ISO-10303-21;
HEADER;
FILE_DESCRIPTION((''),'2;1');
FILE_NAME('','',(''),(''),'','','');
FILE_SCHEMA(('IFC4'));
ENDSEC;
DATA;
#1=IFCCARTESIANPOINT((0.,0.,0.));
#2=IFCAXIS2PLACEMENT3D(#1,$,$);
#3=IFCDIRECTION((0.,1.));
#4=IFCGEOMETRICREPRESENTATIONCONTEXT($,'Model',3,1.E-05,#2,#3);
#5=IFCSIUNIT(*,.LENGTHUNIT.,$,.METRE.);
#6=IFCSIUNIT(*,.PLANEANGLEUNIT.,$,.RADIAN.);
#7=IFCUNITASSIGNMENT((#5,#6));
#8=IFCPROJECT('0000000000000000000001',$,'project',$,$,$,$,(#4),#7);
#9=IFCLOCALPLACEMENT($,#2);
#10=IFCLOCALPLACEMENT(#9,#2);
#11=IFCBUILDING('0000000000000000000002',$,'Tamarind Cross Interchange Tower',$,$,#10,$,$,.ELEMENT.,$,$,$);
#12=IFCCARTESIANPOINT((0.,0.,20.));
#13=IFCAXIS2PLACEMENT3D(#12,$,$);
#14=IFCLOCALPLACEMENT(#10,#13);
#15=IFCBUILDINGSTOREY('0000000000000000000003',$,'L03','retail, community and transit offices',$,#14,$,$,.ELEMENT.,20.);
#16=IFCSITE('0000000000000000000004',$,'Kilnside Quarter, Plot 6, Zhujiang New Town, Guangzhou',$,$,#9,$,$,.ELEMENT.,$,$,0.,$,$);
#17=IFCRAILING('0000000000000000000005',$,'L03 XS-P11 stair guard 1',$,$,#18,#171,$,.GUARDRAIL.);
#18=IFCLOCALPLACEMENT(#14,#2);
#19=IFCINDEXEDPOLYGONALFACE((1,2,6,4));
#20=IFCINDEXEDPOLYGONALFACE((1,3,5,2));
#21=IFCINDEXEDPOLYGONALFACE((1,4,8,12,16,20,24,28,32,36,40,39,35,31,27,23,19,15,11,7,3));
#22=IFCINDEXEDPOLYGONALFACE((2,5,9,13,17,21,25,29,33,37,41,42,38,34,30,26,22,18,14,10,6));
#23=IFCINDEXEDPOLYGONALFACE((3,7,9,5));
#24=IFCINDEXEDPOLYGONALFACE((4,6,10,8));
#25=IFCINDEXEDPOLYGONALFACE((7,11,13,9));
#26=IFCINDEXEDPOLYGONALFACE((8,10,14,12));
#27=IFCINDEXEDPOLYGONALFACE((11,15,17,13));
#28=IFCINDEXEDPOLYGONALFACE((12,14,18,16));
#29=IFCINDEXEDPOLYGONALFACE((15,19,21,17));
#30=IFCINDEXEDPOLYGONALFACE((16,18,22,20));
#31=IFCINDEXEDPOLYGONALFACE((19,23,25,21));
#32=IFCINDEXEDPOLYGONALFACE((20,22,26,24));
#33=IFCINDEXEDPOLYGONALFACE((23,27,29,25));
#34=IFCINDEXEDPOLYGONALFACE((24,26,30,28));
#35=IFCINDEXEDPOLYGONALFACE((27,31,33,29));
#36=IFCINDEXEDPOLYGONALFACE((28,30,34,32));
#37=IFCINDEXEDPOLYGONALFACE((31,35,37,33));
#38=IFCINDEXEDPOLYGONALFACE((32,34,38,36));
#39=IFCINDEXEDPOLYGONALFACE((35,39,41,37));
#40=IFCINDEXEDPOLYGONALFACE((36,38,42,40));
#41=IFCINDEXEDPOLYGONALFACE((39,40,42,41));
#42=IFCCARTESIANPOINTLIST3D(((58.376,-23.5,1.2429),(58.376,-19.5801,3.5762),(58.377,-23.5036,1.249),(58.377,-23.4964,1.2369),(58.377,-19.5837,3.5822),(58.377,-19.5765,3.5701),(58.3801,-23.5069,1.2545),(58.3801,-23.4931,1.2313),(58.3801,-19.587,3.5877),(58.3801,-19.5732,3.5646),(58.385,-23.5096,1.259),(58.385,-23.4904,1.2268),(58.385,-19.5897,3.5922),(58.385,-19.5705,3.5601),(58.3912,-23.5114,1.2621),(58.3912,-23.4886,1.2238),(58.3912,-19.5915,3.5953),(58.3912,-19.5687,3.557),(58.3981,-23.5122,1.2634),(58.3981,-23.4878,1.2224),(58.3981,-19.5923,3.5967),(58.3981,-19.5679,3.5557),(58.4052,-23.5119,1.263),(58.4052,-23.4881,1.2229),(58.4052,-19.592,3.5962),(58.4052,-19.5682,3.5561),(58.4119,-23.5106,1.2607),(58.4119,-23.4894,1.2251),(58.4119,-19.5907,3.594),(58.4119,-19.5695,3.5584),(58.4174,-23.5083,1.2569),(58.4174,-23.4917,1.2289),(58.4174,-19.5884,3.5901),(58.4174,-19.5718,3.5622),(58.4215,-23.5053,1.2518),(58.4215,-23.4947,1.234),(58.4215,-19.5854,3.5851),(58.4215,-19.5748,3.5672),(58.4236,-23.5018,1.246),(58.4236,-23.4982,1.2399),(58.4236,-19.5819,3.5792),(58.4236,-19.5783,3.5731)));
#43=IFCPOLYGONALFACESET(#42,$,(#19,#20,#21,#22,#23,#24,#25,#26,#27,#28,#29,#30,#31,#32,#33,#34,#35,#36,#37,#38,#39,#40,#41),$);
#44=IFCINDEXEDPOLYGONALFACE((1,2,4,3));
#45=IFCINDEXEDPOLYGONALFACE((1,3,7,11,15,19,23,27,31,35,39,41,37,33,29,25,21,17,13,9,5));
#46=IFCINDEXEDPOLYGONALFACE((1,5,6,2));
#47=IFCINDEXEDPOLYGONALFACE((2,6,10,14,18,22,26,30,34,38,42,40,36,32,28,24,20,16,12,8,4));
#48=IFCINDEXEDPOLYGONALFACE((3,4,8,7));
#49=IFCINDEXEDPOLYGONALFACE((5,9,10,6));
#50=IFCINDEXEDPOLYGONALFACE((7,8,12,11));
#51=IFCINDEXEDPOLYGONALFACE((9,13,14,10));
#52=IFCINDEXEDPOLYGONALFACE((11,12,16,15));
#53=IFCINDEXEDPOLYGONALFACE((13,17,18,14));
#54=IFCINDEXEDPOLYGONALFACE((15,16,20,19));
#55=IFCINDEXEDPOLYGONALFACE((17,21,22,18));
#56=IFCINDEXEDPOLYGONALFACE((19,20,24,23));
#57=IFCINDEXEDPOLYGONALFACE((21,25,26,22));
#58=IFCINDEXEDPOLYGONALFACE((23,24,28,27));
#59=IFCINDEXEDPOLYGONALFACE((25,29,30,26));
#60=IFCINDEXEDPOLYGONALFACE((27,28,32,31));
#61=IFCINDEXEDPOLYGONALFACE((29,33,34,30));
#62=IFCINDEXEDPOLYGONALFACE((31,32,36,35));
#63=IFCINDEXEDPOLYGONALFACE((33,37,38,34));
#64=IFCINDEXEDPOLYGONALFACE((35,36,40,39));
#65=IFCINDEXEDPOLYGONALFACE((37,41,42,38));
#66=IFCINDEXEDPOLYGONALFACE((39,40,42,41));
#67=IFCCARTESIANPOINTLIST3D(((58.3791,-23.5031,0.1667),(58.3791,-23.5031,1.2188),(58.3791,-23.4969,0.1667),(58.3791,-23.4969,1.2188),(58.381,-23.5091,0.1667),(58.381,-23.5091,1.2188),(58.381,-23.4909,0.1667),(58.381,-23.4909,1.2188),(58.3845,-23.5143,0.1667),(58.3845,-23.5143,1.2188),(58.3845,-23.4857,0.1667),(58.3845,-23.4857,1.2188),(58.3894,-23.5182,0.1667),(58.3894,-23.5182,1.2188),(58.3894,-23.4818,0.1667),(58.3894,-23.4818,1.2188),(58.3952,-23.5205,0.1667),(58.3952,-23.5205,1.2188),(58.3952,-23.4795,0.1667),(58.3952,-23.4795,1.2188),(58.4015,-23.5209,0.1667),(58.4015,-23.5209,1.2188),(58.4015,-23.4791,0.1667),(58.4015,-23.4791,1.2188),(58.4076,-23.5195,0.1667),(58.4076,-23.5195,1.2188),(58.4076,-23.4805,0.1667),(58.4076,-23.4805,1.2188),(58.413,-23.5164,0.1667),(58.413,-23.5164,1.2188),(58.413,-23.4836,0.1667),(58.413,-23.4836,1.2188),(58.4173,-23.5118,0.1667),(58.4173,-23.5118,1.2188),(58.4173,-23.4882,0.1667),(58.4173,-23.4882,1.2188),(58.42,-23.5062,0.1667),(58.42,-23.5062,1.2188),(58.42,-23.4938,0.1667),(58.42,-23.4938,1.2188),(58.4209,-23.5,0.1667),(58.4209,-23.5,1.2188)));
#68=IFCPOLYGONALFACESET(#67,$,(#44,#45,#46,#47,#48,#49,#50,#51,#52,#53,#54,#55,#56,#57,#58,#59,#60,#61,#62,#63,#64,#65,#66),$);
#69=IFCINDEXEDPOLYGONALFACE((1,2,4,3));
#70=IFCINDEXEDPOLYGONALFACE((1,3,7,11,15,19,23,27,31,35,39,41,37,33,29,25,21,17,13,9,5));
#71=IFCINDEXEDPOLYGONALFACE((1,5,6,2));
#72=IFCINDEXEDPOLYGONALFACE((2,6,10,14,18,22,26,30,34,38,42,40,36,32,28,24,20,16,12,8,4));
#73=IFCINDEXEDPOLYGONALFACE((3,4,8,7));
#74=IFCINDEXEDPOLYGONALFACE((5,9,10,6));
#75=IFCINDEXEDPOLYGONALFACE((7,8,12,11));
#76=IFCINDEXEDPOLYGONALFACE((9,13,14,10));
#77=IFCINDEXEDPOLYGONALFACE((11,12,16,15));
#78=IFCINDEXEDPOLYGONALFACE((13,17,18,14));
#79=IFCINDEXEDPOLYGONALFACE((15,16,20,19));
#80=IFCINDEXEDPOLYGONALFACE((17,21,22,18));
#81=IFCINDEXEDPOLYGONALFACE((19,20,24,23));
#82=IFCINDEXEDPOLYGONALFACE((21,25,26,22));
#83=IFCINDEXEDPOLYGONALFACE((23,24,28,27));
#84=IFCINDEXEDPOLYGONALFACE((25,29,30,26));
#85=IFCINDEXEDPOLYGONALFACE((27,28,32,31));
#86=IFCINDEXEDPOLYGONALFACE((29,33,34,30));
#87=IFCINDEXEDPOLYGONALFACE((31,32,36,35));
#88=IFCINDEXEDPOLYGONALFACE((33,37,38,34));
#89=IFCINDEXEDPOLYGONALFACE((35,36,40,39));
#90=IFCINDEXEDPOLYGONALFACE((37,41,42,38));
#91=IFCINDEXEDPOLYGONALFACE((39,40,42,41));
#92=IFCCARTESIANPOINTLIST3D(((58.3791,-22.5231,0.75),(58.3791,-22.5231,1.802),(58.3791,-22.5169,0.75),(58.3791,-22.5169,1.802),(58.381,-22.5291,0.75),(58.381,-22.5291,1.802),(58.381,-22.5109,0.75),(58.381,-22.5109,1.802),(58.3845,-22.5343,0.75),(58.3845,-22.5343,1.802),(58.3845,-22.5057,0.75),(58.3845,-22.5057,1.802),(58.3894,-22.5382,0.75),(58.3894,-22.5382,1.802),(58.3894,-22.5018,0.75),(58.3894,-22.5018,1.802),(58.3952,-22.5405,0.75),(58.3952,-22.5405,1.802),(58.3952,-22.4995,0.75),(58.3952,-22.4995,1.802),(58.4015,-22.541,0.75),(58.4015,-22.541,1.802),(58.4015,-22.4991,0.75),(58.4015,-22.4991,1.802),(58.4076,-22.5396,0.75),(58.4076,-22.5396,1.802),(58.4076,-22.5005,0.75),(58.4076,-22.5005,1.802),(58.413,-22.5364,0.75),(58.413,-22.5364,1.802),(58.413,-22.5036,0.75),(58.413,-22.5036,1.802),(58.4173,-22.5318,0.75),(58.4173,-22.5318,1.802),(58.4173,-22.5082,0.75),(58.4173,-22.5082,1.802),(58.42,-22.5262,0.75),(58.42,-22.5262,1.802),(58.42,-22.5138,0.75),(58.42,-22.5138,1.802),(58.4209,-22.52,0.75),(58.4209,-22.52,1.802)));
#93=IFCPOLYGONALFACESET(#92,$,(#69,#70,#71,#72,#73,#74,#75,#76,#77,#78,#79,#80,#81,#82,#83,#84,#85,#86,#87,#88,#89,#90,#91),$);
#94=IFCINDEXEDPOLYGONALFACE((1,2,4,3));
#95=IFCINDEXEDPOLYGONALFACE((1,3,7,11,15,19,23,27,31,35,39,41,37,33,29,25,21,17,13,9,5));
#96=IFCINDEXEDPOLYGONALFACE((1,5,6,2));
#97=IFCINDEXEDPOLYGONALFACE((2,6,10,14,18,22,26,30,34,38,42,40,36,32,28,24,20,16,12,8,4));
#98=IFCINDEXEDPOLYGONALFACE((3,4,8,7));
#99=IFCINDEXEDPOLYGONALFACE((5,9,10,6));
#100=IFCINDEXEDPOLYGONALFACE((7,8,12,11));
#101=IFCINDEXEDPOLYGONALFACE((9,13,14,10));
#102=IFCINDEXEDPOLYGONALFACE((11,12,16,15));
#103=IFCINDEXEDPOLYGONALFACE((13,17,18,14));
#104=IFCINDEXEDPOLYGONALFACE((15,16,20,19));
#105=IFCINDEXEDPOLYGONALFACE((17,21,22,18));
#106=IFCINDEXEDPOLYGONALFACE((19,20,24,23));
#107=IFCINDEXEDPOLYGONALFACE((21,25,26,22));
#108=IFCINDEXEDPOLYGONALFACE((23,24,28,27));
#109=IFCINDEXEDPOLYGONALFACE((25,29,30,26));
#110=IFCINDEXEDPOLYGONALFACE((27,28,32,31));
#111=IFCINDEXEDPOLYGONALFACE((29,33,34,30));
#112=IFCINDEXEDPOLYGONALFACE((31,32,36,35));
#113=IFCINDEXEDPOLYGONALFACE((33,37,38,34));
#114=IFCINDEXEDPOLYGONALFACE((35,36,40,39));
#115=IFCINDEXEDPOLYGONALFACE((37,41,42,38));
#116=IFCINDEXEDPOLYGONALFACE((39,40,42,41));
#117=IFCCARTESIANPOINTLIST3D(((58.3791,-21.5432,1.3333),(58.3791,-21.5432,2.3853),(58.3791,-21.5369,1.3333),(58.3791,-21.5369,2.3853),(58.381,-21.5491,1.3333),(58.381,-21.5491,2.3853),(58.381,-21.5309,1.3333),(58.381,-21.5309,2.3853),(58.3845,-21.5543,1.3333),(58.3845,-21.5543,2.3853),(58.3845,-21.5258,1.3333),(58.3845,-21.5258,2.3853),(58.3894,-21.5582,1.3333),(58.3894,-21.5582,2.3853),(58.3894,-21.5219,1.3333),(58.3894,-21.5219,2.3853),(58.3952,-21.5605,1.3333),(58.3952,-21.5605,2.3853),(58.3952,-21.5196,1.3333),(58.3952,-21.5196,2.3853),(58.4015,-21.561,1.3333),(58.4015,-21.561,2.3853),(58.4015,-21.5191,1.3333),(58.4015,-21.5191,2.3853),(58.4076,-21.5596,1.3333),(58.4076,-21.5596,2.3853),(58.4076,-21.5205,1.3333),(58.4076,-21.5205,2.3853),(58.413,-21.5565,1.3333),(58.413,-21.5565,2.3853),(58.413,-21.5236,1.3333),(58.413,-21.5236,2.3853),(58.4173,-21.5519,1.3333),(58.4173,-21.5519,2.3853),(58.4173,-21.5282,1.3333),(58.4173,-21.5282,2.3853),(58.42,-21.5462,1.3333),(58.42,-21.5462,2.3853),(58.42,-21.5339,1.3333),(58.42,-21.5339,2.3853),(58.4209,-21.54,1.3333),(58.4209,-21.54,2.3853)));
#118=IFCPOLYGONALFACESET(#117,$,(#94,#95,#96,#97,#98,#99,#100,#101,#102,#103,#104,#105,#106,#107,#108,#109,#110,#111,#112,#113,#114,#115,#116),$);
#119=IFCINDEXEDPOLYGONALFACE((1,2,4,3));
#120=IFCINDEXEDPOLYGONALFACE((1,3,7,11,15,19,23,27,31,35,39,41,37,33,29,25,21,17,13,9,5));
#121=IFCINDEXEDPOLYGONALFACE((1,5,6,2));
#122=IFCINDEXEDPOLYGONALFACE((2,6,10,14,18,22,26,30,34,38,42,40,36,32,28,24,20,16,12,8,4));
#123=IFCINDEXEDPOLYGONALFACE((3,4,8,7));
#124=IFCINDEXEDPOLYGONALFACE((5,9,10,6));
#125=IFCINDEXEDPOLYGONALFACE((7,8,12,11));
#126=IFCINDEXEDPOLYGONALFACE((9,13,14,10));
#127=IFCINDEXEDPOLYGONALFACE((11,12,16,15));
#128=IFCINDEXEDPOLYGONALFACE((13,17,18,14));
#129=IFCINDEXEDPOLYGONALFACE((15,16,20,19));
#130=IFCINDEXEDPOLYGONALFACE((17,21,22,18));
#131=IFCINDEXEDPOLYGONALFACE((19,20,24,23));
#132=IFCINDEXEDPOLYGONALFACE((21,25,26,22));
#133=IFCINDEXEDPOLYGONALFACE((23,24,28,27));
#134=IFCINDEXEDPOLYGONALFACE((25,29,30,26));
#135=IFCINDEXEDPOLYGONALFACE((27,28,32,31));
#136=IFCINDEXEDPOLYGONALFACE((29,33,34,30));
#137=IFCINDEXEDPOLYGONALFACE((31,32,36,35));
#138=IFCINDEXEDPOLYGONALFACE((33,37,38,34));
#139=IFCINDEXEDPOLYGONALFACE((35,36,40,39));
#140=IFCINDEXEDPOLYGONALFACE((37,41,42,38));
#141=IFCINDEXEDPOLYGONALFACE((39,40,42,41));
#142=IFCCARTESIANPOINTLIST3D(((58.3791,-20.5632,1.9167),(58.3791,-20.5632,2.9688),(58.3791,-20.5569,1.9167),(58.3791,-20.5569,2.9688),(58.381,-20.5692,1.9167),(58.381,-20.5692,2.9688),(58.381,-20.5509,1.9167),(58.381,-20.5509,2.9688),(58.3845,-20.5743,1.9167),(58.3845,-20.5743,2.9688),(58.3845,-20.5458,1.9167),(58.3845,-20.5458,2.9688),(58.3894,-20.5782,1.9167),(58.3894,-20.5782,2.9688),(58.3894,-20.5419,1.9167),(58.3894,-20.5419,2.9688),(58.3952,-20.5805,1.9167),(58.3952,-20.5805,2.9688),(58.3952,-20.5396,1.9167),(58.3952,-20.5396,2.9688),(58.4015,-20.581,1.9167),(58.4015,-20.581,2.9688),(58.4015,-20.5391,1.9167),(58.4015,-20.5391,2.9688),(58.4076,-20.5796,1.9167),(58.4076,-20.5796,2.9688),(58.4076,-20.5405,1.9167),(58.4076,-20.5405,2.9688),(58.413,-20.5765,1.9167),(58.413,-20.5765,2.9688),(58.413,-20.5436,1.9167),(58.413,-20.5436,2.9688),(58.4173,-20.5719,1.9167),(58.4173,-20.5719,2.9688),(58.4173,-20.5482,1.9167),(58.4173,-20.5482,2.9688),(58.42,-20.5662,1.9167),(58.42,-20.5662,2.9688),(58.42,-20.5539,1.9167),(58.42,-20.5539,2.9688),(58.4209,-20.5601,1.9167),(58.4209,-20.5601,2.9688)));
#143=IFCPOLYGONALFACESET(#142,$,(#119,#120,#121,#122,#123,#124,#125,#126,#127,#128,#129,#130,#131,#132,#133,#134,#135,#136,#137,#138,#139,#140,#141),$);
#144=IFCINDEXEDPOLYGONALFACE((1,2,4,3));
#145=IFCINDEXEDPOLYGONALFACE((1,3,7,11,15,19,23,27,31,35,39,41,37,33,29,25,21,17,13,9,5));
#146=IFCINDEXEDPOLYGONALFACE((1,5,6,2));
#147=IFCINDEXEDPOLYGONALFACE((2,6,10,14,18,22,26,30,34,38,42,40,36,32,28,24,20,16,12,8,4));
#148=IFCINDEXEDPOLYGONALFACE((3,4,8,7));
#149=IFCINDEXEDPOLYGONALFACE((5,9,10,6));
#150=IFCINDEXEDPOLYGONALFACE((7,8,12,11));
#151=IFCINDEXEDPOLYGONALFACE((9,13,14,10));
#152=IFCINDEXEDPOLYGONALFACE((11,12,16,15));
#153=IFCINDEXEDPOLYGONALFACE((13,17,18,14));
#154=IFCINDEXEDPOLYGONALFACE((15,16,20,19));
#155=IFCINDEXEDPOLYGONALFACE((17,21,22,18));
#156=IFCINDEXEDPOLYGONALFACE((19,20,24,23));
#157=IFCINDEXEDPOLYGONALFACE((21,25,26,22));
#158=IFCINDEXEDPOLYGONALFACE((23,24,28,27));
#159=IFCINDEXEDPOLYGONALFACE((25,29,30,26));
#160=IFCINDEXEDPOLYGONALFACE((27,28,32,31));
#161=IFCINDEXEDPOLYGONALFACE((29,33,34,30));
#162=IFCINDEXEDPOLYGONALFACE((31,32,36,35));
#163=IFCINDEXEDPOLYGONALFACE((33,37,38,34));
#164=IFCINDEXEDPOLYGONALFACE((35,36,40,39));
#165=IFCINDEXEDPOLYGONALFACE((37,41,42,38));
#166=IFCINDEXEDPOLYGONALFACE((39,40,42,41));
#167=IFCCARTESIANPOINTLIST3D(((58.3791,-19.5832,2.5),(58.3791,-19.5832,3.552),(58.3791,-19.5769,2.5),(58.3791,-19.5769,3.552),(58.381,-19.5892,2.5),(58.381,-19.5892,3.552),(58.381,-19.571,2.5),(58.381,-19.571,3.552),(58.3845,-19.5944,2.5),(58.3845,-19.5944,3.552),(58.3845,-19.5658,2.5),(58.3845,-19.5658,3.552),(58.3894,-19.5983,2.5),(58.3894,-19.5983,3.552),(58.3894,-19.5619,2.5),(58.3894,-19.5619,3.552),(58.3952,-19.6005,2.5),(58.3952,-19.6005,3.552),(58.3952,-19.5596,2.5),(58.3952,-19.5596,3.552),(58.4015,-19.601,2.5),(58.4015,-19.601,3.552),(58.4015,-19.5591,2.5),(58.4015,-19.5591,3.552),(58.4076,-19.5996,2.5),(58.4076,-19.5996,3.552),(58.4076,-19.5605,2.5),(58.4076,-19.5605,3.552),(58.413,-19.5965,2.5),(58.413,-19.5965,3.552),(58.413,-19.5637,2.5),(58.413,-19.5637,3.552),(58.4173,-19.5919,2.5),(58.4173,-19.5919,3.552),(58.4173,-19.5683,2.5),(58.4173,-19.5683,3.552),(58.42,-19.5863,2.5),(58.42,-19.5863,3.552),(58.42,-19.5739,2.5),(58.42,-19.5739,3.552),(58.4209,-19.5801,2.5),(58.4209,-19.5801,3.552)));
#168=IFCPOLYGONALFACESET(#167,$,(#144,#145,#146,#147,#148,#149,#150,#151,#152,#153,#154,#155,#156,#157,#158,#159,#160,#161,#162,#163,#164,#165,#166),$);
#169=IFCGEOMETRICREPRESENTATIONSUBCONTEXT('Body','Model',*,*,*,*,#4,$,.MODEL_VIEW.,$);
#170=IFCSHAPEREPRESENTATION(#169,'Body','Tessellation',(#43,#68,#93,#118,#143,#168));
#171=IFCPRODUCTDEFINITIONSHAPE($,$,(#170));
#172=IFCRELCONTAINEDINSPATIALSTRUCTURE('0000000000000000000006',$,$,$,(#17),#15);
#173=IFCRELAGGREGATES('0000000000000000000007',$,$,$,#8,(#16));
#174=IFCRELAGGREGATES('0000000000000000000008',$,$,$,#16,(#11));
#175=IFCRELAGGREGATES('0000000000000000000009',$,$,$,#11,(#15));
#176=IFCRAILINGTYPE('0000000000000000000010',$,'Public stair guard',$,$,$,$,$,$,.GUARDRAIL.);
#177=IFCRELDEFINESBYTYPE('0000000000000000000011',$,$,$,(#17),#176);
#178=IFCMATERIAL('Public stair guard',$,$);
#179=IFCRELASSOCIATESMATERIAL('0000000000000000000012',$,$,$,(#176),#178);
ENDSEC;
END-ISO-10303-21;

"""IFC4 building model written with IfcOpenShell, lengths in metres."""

from ifc_helpers import new_model, si_unit, direction, frame, origin, origin_2d, place, context, subcontext, project, spatial, circle, extrude, material, type_object, element, save


model = new_model("IFC4")

# Units and contexts
model_context = context("Model", 3, precision=1e-05, world=origin(), true_north=direction((0.0, 1.0)))
body_context = subcontext(model_context, "Body", "Model", "MODEL_VIEW")
ifc_project = project(units=[si_unit("LENGTHUNIT", "METRE"), si_unit("PLANEANGLEUNIT", "RADIAN")], contexts=[model_context])

# Site, building, storey
site_placement = place(None, origin())
site = spatial("IfcSite", under=ifc_project, at=site_placement, Name="Kilnside Quarter, Plot 6, Zhujiang New Town, Guangzhou", CompositionType="ELEMENT", RefElevation=0.0)
building_placement = place(site_placement, origin())
building = spatial("IfcBuilding", under=site, at=building_placement, Name="Tamarind Cross Interchange Tower", CompositionType="ELEMENT")
storey_placement = place(building_placement, frame((0.0, 0.0, 20.0)))
storey = spatial("IfcBuildingStorey", under=building, at=storey_placement, Name="L03", Description="retail, community and transit offices", CompositionType="ELEMENT", Elevation=20.0)

# Railing
ifc_material_1 = material(Name="Public stair guard")
railing_type = type_object("IfcRailingType", Name="Public stair guard", PredefinedType="GUARDRAIL", material=ifc_material_1)
railing_1_placement = place(storey_placement, frame((58.3999, -23.5, 0.1667)))
element("IfcRailing", 1, at=railing_1_placement, inside=storey, type_object=railing_type, Name="L03 XS-P11 stair guard 1", PredefinedType="GUARDRAIL", context=body_context, shape_type="SweptSolid", body=[
    extrude(circle(Radius=0.0239, at=origin_2d()), frame((0.0, 0.0, 1.0762), z_axis=(0.0, 0.859296, 0.511478), x_axis=(-1.0, 0.0, 0.0)), (0.0, 0.0, 1.0), 4.5618),
    extrude(circle(Radius=0.021, at=origin_2d()), origin(), (0.0, 0.0, 1.0), 1.052),
    extrude(circle(Radius=0.021, at=origin_2d()), frame((0.0, 0.98, 0.5833)), (0.0, 0.0, 1.0), 1.052),
    extrude(circle(Radius=0.021, at=origin_2d()), frame((0.0, 1.96, 1.1665)), (0.0, 0.0, 1.0), 1.052),
    extrude(circle(Radius=0.021, at=origin_2d()), frame((0.0, 2.9399, 1.75)), (0.0, 0.0, 1.0), 1.052),
    extrude(circle(Radius=0.021, at=origin_2d()), frame((0.0, 3.9199, 2.3333)), (0.0, 0.0, 1.0), 1.052),
])

save(model, "model.ifc")
